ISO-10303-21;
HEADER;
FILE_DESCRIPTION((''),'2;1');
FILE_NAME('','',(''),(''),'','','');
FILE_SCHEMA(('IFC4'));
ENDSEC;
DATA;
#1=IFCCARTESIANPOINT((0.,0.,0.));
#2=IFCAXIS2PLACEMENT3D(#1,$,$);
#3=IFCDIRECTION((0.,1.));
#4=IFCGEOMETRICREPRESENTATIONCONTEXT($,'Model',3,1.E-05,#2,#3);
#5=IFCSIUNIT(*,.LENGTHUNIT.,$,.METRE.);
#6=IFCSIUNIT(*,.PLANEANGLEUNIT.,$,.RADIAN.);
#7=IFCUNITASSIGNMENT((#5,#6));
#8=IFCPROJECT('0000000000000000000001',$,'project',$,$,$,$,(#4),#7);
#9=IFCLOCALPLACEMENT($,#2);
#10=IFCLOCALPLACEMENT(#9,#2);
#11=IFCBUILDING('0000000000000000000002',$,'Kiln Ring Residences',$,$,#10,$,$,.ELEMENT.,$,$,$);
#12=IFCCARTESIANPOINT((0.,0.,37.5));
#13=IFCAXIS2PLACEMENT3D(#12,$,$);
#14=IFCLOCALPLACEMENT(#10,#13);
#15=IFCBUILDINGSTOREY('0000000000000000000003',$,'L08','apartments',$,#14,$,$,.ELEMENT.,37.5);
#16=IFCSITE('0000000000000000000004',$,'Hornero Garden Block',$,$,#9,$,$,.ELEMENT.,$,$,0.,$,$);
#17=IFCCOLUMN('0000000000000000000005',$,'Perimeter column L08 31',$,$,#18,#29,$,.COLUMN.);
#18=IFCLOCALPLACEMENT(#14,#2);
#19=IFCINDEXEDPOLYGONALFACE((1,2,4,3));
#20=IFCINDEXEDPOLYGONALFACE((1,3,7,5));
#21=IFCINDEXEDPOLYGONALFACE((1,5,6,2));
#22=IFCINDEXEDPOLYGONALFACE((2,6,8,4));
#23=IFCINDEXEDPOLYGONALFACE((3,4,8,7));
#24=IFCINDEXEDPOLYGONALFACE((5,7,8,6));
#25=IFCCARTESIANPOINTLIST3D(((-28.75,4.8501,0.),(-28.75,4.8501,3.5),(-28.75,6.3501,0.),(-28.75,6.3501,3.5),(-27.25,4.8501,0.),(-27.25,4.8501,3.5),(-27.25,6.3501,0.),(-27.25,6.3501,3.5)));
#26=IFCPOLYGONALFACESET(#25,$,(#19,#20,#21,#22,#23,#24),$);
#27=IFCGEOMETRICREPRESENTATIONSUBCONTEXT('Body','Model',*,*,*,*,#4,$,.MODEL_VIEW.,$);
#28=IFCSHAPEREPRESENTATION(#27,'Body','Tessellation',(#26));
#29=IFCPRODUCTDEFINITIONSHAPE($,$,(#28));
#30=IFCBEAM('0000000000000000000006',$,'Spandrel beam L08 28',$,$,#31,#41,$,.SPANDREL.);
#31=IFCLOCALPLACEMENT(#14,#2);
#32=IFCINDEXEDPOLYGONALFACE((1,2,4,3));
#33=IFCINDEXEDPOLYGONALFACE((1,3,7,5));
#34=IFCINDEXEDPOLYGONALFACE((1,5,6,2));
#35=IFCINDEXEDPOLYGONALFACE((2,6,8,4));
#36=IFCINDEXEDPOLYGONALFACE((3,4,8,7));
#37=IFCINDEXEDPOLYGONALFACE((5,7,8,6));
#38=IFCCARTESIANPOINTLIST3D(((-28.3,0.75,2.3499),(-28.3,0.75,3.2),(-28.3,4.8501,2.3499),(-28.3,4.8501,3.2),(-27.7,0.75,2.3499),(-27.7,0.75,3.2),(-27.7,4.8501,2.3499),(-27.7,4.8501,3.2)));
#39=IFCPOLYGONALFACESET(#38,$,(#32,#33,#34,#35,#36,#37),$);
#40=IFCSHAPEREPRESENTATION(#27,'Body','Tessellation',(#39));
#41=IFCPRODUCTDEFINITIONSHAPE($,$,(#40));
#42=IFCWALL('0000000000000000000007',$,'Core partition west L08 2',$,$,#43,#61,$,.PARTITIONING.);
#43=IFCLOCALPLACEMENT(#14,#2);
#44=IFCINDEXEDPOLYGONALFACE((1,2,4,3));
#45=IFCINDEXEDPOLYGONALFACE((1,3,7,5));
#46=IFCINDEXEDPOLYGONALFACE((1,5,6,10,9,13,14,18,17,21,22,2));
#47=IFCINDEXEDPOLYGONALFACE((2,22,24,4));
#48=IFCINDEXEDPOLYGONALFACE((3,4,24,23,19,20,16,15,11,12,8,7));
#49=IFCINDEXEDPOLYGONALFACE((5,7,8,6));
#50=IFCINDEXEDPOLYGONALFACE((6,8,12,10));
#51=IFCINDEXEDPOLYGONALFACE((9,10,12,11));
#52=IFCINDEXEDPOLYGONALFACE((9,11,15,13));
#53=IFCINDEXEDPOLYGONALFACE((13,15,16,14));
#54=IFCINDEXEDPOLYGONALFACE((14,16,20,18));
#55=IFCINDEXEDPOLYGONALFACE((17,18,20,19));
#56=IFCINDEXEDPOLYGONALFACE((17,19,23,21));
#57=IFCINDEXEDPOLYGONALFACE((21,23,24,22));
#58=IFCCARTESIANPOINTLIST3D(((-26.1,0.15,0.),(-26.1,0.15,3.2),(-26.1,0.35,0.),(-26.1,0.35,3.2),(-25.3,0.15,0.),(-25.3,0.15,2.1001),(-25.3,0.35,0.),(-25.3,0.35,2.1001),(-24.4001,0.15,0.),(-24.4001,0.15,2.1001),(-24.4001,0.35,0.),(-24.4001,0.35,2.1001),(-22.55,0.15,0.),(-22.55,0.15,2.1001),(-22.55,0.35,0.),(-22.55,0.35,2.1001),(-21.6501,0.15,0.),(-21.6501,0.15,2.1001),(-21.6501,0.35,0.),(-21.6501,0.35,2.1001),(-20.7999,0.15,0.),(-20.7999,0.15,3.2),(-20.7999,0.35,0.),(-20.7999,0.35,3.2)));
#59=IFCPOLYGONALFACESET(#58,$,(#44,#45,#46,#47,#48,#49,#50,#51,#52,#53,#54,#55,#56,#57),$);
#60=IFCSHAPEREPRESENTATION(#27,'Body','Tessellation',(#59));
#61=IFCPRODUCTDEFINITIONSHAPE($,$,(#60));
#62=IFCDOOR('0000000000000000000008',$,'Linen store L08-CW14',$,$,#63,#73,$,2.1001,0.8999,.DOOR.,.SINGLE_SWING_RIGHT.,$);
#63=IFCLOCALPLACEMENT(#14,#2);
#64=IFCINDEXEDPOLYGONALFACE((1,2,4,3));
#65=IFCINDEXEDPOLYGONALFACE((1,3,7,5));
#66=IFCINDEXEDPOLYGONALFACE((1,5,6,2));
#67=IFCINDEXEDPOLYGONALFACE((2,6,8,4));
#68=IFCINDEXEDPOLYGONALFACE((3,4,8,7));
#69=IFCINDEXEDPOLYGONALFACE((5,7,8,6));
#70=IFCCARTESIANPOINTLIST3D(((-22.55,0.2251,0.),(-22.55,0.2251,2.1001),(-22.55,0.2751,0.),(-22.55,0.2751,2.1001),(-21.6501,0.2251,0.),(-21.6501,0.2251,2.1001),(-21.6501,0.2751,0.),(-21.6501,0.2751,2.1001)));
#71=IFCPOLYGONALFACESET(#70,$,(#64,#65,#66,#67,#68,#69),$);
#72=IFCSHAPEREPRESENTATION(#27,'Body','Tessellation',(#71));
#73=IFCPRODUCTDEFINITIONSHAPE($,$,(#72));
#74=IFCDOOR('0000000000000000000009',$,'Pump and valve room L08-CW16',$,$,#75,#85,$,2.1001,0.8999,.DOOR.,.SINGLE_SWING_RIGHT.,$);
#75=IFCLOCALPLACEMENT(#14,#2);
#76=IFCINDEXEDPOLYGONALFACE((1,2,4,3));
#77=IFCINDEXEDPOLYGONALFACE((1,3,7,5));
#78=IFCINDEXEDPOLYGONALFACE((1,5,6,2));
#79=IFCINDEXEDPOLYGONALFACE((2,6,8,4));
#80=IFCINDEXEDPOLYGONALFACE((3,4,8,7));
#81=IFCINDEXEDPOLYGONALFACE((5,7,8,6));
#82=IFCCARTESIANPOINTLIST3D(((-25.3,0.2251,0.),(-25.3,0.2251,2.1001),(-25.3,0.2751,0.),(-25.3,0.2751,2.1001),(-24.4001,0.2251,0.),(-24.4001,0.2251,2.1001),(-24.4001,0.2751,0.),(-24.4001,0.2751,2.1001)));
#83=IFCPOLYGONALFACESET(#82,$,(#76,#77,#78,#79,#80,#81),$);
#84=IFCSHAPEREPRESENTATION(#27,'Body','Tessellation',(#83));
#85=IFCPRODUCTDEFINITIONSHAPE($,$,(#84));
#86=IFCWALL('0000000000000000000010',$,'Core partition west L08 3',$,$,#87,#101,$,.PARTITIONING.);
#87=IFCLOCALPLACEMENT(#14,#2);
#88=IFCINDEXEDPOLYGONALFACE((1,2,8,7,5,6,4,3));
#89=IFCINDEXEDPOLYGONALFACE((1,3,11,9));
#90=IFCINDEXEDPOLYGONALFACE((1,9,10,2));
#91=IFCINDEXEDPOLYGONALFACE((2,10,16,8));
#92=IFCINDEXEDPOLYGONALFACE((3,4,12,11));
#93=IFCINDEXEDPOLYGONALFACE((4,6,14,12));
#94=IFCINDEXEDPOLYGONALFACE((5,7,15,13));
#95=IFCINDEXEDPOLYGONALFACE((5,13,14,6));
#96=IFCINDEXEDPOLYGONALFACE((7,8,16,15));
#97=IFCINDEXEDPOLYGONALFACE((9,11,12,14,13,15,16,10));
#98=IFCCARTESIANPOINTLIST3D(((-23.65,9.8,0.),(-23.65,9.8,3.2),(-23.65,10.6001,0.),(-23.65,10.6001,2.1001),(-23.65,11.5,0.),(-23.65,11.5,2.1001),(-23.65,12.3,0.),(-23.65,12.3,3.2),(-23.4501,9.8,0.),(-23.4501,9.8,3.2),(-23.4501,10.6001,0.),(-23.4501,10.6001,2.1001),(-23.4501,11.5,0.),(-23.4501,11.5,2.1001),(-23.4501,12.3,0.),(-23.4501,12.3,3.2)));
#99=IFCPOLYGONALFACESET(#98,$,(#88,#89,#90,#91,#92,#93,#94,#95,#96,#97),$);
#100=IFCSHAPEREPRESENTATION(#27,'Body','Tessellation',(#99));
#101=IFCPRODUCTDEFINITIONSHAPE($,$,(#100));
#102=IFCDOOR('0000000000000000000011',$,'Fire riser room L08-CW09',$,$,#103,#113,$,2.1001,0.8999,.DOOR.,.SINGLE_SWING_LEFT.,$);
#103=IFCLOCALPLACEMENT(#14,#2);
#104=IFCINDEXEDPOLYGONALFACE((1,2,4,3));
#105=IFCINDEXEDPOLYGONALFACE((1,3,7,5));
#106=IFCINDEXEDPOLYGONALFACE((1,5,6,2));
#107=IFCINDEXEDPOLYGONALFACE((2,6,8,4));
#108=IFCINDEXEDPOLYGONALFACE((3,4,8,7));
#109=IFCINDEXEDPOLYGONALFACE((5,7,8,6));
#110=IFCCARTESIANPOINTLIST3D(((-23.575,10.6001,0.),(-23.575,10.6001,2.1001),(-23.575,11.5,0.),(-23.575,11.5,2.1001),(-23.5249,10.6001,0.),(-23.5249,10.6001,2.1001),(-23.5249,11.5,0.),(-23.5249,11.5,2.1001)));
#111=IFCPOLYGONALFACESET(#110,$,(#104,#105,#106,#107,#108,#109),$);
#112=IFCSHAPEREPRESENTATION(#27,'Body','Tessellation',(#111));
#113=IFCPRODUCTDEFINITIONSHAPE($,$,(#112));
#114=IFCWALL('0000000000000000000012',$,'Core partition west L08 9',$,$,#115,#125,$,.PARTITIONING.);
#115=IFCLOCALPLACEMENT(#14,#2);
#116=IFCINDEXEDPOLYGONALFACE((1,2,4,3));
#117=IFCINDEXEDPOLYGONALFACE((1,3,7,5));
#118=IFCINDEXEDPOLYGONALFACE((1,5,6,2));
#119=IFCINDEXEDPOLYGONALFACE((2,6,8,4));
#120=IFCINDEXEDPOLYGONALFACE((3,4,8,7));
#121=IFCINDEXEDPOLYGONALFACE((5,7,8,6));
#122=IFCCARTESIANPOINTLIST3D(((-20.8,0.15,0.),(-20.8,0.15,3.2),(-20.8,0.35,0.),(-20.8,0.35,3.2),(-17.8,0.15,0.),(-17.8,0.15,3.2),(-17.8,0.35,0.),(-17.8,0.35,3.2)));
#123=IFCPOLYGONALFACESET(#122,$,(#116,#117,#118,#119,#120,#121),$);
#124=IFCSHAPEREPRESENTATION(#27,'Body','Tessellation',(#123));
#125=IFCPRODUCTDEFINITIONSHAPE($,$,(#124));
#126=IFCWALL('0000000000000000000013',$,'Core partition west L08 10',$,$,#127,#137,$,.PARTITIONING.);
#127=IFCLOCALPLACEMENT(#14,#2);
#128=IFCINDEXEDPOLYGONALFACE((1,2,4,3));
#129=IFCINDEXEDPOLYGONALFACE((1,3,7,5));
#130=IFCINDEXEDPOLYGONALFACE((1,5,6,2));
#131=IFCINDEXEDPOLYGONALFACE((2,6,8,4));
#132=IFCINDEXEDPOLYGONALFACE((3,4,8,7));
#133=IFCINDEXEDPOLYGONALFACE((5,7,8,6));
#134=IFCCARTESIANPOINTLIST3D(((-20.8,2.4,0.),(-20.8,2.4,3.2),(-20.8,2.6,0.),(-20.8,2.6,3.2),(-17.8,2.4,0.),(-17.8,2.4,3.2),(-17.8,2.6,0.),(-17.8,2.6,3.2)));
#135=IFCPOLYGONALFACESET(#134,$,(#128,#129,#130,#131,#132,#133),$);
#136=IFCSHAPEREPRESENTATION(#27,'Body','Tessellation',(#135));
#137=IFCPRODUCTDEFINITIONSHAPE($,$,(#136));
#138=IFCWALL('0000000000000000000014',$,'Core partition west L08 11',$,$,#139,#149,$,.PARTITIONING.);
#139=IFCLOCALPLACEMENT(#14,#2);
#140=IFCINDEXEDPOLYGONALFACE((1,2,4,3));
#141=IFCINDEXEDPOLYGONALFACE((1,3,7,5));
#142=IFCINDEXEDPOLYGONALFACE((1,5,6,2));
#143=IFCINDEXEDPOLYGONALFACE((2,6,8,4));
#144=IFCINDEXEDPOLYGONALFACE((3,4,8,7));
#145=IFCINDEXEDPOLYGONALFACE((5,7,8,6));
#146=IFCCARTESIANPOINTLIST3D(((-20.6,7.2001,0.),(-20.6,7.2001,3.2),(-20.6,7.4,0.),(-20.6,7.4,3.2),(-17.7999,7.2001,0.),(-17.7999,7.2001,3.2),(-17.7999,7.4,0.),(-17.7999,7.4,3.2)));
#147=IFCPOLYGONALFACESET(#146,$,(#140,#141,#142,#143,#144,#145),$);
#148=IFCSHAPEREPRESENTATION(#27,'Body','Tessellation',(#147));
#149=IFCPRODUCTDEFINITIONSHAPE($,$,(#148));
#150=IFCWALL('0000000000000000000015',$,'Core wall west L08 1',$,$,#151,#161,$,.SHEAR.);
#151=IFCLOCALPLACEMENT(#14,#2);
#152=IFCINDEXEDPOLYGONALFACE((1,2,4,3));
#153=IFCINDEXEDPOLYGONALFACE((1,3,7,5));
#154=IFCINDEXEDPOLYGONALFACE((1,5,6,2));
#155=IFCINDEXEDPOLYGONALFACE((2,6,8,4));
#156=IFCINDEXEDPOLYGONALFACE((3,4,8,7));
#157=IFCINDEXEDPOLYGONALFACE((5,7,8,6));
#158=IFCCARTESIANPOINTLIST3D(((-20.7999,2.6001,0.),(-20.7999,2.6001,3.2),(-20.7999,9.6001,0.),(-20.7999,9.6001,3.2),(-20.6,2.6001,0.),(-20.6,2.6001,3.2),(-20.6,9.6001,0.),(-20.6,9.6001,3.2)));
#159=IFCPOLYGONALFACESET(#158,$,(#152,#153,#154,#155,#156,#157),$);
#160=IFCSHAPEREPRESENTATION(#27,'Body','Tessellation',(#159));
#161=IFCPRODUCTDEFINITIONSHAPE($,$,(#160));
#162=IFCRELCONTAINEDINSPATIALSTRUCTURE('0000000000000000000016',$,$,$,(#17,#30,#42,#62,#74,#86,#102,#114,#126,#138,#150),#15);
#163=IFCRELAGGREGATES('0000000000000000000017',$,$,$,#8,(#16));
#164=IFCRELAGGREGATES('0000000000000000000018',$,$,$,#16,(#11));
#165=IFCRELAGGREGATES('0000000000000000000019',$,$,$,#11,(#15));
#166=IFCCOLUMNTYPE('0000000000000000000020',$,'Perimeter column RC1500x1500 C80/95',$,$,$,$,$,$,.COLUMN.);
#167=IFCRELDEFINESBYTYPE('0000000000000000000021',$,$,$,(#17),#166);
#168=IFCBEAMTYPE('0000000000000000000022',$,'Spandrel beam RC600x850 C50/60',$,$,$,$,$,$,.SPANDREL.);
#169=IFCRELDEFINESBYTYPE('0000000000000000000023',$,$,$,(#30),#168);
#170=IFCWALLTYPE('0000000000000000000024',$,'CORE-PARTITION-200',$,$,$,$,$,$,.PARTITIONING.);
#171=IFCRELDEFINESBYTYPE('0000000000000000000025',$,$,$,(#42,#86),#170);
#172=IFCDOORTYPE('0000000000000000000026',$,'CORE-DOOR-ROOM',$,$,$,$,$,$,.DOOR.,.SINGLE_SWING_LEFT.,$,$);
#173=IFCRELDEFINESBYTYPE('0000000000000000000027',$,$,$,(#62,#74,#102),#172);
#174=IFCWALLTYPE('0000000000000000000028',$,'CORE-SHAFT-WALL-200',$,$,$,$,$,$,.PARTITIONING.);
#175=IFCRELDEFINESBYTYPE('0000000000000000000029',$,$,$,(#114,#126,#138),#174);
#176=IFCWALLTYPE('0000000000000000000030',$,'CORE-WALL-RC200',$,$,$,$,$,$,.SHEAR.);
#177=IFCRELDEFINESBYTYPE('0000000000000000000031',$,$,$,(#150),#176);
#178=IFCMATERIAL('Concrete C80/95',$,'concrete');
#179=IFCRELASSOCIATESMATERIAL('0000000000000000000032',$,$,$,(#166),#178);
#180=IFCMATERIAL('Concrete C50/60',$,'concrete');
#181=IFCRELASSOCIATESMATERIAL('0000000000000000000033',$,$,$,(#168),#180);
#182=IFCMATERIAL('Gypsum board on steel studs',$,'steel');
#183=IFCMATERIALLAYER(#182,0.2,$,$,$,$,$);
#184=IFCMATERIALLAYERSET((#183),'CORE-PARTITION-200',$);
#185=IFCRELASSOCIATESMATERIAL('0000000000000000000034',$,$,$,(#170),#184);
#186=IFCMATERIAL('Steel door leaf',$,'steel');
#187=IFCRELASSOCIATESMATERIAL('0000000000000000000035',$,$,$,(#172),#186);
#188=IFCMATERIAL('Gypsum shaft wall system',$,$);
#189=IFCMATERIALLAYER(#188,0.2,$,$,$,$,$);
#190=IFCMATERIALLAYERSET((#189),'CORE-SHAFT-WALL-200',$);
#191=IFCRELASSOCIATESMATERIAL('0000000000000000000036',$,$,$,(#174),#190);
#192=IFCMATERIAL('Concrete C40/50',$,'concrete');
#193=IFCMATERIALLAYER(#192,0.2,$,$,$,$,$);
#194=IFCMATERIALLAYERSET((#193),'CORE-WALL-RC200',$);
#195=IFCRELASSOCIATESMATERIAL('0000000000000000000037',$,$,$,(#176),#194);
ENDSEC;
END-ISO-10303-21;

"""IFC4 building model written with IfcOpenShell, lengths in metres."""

from ifc_helpers import new_model, si_unit, direction, frame, frame_2d, origin, origin_2d, place, context, subcontext, project, spatial, rectangle, extrude, material, layer, layer_set, material_profile, profile_set, type_object, element, fill, save


model = new_model("IFC4")

# Units and contexts
model_context = context("Model", 3, precision=1e-05, world=origin(), true_north=direction((0.0, 1.0)))
body_context = subcontext(model_context, "Body", "Model", "MODEL_VIEW")
ifc_project = project(units=[si_unit("LENGTHUNIT", "METRE"), si_unit("PLANEANGLEUNIT", "RADIAN")], contexts=[model_context])

# Site, building, storey
site_placement = place(None, origin())
site = spatial("IfcSite", under=ifc_project, at=site_placement, Name="Hornero Garden Block", CompositionType="ELEMENT", RefElevation=0.0)
building_placement = place(site_placement, origin())
building = spatial("IfcBuilding", under=site, at=building_placement, Name="Kiln Ring Residences", CompositionType="ELEMENT")
storey_placement = place(building_placement, frame((0.0, 0.0, 37.5)))
storey = spatial("IfcBuildingStorey", under=building, at=storey_placement, Name="L08", Description="apartments", CompositionType="ELEMENT", Elevation=37.5)

# Column
ifc_material_1 = material(Name="Concrete C80/95", Category="concrete")
ifc_material_profile_1 = material_profile(ifc_material_1, rectangle(XDim=1.5, YDim=1.5, at=origin_2d()), Name="RC1500x1500")
ifc_profile_set_1 = profile_set([ifc_material_profile_1], Name="Concrete C80/95")
column_type = type_object("IfcColumnType", Name="Perimeter column RC1500x1500 C80/95", PredefinedType="COLUMN", material=ifc_profile_set_1)
column_placement = place(storey_placement, frame((-28.0, 5.6001, 0.0), z_axis=(0.0, 0.0, 1.0), x_axis=(1.0, 0.0, 0.0)))
element("IfcColumn", 1, at=column_placement, inside=storey, type_object=column_type, Name="Perimeter column L08 31", PredefinedType="COLUMN", context=body_context, shape_type="SweptSolid", body=[
    extrude(rectangle(XDim=1.5, YDim=1.5, at=origin_2d()), origin(), (0.0, 0.0, 1.0), 3.5),
])

# Beam
ifc_material_2 = material(Name="Concrete C50/60", Category="concrete")
ifc_material_profile_2 = material_profile(ifc_material_2, rectangle(XDim=0.6001, YDim=0.8501, at=origin_2d()), Name="RC600x850")
ifc_profile_set_2 = profile_set([ifc_material_profile_2], Name="Concrete C50/60")
beam_type = type_object("IfcBeamType", Name="Spandrel beam RC600x850 C50/60", PredefinedType="SPANDREL", material=ifc_profile_set_2)
beam_placement = place(storey_placement, frame((-28.0, 4.8501, 2.7749), z_axis=(0.0, -1.0, 0.0), x_axis=(1.0, 0.0, 0.0)))
element("IfcBeam", 2, at=beam_placement, inside=storey, type_object=beam_type, Name="Spandrel beam L08 28", PredefinedType="SPANDREL", context=body_context, shape_type="SweptSolid", body=[
    extrude(rectangle(XDim=0.6001, YDim=0.8501, at=origin_2d()), origin(), (0.0, 0.0, 1.0), 4.1001),
])

# Wall, openings, doors
ifc_material_3 = material(Name="Gypsum board on steel studs", Category="steel")
ifc_layer_1 = layer(ifc_material_3, 0.2)
ifc_layer_set_1 = layer_set([ifc_layer_1], Name="CORE-PARTITION-200")
wall_type_1 = type_object("IfcWallType", Name="CORE-PARTITION-200", PredefinedType="PARTITIONING", material=ifc_layer_set_1)
wall_1_placement = place(storey_placement, frame((-20.8, 0.25, 0.0), z_axis=(0.0, 0.0, 1.0), x_axis=(-1.0, 0.0, 0.0)))
wall_1 = element("IfcWall", 3, at=wall_1_placement, inside=storey, type_object=wall_type_1, Name="Core partition west L08 2", PredefinedType="PARTITIONING", context=body_context, shape_type="SweptSolid", body=[
    extrude(rectangle(XDim=5.3, YDim=0.2, at=frame_2d((2.6499, 0.0))), origin(), (0.0, 0.0, 1.0), 3.2),
])
opening_1_placement = place(wall_1_placement, frame((0.8501, 0.0, 0.0)))
opening_1 = element("IfcOpeningElement", 4, at=opening_1_placement, cuts=wall_1, PredefinedType="OPENING", context=body_context, shape_type="SweptSolid", body=[
    extrude(rectangle(XDim=0.8999, YDim=2.1001, at=frame_2d((0.45, 1.05))), frame((0.0, 0.1099, 0.0), z_axis=(0.0, -1.0, 0.0), x_axis=(1.0, 0.0, 0.0)), (0.0, 0.0, 1.0), 0.22),
])
opening_2_placement = place(wall_1_placement, frame((3.6001, 0.0, 0.0)))
opening_2 = element("IfcOpeningElement", 5, at=opening_2_placement, cuts=wall_1, PredefinedType="OPENING", context=body_context, shape_type="SweptSolid", body=[
    extrude(rectangle(XDim=0.8999, YDim=2.1001, at=frame_2d((0.45, 1.05))), frame((0.0, 0.1099, 0.0), z_axis=(0.0, -1.0, 0.0), x_axis=(1.0, 0.0, 0.0)), (0.0, 0.0, 1.0), 0.22),
])
ifc_material_4 = material(Name="Steel door leaf", Category="steel")
door_type_1 = type_object("IfcDoorType", Name="CORE-DOOR-ROOM", OperationType="SINGLE_SWING_LEFT", PredefinedType="DOOR", material=ifc_material_4)
door_1_placement = place(opening_1_placement, origin())
door_1 = element("IfcDoor", 6, at=door_1_placement, inside=storey, type_object=door_type_1, Name="Linen store L08-CW14", OperationType="SINGLE_SWING_RIGHT", OverallHeight=2.1001, OverallWidth=0.8999, PredefinedType="DOOR", context=body_context, shape_type="SweptSolid", body=[
    extrude(rectangle(XDim=0.8999, YDim=2.1001, at=frame_2d((0.45, 1.05))), frame((0.0, 0.0249, 0.0), z_axis=(0.0, -1.0, 0.0), x_axis=(1.0, 0.0, 0.0)), (0.0, 0.0, 1.0), 0.05),
])
fill(opening_1, door_1)
door_2_placement = place(opening_2_placement, origin())
door_2 = element("IfcDoor", 7, at=door_2_placement, inside=storey, type_object=door_type_1, Name="Pump and valve room L08-CW16", OperationType="SINGLE_SWING_RIGHT", OverallHeight=2.1001, OverallWidth=0.8999, PredefinedType="DOOR", context=body_context, shape_type="SweptSolid", body=[
    extrude(rectangle(XDim=0.8999, YDim=2.1001, at=frame_2d((0.45, 1.05))), frame((0.0, 0.0249, 0.0), z_axis=(0.0, -1.0, 0.0), x_axis=(1.0, 0.0, 0.0)), (0.0, 0.0, 1.0), 0.05),
])
fill(opening_2, door_2)

# Wall, opening, door
wall_2_placement = place(storey_placement, frame((-23.55, 9.8, 0.0), z_axis=(0.0, 0.0, 1.0), x_axis=(0.0, 1.0, 0.0)))
wall_2 = element("IfcWall", 8, at=wall_2_placement, inside=storey, type_object=wall_type_1, Name="Core partition west L08 3", PredefinedType="PARTITIONING", context=body_context, shape_type="SweptSolid", body=[
    extrude(rectangle(XDim=2.5, YDim=0.2, at=frame_2d((1.25, 0.0))), origin(), (0.0, 0.0, 1.0), 3.2),
])
opening_3_placement = place(wall_2_placement, frame((0.8, 0.0, 0.0)))
opening_3 = element("IfcOpeningElement", 9, at=opening_3_placement, cuts=wall_2, PredefinedType="OPENING", context=body_context, shape_type="SweptSolid", body=[
    extrude(rectangle(XDim=0.8999, YDim=2.1001, at=frame_2d((0.45, 1.05))), frame((0.0, 0.1099, 0.0), z_axis=(0.0, -1.0, 0.0), x_axis=(1.0, 0.0, 0.0)), (0.0, 0.0, 1.0), 0.22),
])
door_3_placement = place(opening_3_placement, origin())
door_3 = element("IfcDoor", 10, at=door_3_placement, inside=storey, type_object=door_type_1, Name="Fire riser room L08-CW09", OperationType="SINGLE_SWING_LEFT", OverallHeight=2.1001, OverallWidth=0.8999, PredefinedType="DOOR", context=body_context, shape_type="SweptSolid", body=[
    extrude(rectangle(XDim=0.8999, YDim=2.1001, at=frame_2d((0.45, 1.05))), frame((0.0, 0.0249, 0.0), z_axis=(0.0, -1.0, 0.0), x_axis=(1.0, 0.0, 0.0)), (0.0, 0.0, 1.0), 0.05),
])
fill(opening_3, door_3)

# Walls
ifc_material_5 = material(Name="Gypsum shaft wall system")
ifc_layer_2 = layer(ifc_material_5, 0.2)
ifc_layer_set_2 = layer_set([ifc_layer_2], Name="CORE-SHAFT-WALL-200")
wall_type_2 = type_object("IfcWallType", Name="CORE-SHAFT-WALL-200", PredefinedType="PARTITIONING", material=ifc_layer_set_2)
for number, where, z_axis, x_axis, name in (
    (11, (-17.8, 0.25, 0.0), (0.0, 0.0, 1.0), (-1.0, 0.0, 0.0), "Core partition west L08 9"),
    (12, (-17.8, 2.5, 0.0), (0.0, 0.0, 1.0), (-1.0, 0.0, 0.0), "Core partition west L08 10"),
):
    element("IfcWall", number, at=place(storey_placement, frame(where, z_axis=z_axis, x_axis=x_axis)), inside=storey, type_object=wall_type_2, Name=name, PredefinedType="PARTITIONING", context=body_context, shape_type="SweptSolid", body=[
        extrude(rectangle(XDim=3.0, YDim=0.2, at=frame_2d((1.5, 0.0))), origin(), (0.0, 0.0, 1.0), 3.2),
    ])
wall_3_placement = place(storey_placement, frame((-17.8, 7.3, 0.0), z_axis=(0.0, 0.0, 1.0), x_axis=(-1.0, 0.0, 0.0)))
element("IfcWall", 13, at=wall_3_placement, inside=storey, type_object=wall_type_2, Name="Core partition west L08 11", PredefinedType="PARTITIONING", context=body_context, shape_type="SweptSolid", body=[
    extrude(rectangle(XDim=2.8, YDim=0.2, at=frame_2d((1.3999, 0.0))), origin(), (0.0, 0.0, 1.0), 3.2),
])
ifc_material_6 = material(Name="Concrete C40/50", Category="concrete")
ifc_layer_3 = layer(ifc_material_6, 0.2)
ifc_layer_set_3 = layer_set([ifc_layer_3], Name="CORE-WALL-RC200")
wall_type_3 = type_object("IfcWallType", Name="CORE-WALL-RC200", PredefinedType="SHEAR", material=ifc_layer_set_3)
wall_4_placement = place(storey_placement, frame((-20.7, 2.6001, 0.0), z_axis=(0.0, 0.0, 1.0), x_axis=(0.0, 1.0, 0.0)))
element("IfcWall", 14, at=wall_4_placement, inside=storey, type_object=wall_type_3, Name="Core wall west L08 1", PredefinedType="SHEAR", context=body_context, shape_type="SweptSolid", body=[
    extrude(rectangle(XDim=7.0, YDim=0.2, at=frame_2d((3.5, 0.0))), origin(), (0.0, 0.0, 1.0), 3.2),
])

save(model, "model.ifc")
